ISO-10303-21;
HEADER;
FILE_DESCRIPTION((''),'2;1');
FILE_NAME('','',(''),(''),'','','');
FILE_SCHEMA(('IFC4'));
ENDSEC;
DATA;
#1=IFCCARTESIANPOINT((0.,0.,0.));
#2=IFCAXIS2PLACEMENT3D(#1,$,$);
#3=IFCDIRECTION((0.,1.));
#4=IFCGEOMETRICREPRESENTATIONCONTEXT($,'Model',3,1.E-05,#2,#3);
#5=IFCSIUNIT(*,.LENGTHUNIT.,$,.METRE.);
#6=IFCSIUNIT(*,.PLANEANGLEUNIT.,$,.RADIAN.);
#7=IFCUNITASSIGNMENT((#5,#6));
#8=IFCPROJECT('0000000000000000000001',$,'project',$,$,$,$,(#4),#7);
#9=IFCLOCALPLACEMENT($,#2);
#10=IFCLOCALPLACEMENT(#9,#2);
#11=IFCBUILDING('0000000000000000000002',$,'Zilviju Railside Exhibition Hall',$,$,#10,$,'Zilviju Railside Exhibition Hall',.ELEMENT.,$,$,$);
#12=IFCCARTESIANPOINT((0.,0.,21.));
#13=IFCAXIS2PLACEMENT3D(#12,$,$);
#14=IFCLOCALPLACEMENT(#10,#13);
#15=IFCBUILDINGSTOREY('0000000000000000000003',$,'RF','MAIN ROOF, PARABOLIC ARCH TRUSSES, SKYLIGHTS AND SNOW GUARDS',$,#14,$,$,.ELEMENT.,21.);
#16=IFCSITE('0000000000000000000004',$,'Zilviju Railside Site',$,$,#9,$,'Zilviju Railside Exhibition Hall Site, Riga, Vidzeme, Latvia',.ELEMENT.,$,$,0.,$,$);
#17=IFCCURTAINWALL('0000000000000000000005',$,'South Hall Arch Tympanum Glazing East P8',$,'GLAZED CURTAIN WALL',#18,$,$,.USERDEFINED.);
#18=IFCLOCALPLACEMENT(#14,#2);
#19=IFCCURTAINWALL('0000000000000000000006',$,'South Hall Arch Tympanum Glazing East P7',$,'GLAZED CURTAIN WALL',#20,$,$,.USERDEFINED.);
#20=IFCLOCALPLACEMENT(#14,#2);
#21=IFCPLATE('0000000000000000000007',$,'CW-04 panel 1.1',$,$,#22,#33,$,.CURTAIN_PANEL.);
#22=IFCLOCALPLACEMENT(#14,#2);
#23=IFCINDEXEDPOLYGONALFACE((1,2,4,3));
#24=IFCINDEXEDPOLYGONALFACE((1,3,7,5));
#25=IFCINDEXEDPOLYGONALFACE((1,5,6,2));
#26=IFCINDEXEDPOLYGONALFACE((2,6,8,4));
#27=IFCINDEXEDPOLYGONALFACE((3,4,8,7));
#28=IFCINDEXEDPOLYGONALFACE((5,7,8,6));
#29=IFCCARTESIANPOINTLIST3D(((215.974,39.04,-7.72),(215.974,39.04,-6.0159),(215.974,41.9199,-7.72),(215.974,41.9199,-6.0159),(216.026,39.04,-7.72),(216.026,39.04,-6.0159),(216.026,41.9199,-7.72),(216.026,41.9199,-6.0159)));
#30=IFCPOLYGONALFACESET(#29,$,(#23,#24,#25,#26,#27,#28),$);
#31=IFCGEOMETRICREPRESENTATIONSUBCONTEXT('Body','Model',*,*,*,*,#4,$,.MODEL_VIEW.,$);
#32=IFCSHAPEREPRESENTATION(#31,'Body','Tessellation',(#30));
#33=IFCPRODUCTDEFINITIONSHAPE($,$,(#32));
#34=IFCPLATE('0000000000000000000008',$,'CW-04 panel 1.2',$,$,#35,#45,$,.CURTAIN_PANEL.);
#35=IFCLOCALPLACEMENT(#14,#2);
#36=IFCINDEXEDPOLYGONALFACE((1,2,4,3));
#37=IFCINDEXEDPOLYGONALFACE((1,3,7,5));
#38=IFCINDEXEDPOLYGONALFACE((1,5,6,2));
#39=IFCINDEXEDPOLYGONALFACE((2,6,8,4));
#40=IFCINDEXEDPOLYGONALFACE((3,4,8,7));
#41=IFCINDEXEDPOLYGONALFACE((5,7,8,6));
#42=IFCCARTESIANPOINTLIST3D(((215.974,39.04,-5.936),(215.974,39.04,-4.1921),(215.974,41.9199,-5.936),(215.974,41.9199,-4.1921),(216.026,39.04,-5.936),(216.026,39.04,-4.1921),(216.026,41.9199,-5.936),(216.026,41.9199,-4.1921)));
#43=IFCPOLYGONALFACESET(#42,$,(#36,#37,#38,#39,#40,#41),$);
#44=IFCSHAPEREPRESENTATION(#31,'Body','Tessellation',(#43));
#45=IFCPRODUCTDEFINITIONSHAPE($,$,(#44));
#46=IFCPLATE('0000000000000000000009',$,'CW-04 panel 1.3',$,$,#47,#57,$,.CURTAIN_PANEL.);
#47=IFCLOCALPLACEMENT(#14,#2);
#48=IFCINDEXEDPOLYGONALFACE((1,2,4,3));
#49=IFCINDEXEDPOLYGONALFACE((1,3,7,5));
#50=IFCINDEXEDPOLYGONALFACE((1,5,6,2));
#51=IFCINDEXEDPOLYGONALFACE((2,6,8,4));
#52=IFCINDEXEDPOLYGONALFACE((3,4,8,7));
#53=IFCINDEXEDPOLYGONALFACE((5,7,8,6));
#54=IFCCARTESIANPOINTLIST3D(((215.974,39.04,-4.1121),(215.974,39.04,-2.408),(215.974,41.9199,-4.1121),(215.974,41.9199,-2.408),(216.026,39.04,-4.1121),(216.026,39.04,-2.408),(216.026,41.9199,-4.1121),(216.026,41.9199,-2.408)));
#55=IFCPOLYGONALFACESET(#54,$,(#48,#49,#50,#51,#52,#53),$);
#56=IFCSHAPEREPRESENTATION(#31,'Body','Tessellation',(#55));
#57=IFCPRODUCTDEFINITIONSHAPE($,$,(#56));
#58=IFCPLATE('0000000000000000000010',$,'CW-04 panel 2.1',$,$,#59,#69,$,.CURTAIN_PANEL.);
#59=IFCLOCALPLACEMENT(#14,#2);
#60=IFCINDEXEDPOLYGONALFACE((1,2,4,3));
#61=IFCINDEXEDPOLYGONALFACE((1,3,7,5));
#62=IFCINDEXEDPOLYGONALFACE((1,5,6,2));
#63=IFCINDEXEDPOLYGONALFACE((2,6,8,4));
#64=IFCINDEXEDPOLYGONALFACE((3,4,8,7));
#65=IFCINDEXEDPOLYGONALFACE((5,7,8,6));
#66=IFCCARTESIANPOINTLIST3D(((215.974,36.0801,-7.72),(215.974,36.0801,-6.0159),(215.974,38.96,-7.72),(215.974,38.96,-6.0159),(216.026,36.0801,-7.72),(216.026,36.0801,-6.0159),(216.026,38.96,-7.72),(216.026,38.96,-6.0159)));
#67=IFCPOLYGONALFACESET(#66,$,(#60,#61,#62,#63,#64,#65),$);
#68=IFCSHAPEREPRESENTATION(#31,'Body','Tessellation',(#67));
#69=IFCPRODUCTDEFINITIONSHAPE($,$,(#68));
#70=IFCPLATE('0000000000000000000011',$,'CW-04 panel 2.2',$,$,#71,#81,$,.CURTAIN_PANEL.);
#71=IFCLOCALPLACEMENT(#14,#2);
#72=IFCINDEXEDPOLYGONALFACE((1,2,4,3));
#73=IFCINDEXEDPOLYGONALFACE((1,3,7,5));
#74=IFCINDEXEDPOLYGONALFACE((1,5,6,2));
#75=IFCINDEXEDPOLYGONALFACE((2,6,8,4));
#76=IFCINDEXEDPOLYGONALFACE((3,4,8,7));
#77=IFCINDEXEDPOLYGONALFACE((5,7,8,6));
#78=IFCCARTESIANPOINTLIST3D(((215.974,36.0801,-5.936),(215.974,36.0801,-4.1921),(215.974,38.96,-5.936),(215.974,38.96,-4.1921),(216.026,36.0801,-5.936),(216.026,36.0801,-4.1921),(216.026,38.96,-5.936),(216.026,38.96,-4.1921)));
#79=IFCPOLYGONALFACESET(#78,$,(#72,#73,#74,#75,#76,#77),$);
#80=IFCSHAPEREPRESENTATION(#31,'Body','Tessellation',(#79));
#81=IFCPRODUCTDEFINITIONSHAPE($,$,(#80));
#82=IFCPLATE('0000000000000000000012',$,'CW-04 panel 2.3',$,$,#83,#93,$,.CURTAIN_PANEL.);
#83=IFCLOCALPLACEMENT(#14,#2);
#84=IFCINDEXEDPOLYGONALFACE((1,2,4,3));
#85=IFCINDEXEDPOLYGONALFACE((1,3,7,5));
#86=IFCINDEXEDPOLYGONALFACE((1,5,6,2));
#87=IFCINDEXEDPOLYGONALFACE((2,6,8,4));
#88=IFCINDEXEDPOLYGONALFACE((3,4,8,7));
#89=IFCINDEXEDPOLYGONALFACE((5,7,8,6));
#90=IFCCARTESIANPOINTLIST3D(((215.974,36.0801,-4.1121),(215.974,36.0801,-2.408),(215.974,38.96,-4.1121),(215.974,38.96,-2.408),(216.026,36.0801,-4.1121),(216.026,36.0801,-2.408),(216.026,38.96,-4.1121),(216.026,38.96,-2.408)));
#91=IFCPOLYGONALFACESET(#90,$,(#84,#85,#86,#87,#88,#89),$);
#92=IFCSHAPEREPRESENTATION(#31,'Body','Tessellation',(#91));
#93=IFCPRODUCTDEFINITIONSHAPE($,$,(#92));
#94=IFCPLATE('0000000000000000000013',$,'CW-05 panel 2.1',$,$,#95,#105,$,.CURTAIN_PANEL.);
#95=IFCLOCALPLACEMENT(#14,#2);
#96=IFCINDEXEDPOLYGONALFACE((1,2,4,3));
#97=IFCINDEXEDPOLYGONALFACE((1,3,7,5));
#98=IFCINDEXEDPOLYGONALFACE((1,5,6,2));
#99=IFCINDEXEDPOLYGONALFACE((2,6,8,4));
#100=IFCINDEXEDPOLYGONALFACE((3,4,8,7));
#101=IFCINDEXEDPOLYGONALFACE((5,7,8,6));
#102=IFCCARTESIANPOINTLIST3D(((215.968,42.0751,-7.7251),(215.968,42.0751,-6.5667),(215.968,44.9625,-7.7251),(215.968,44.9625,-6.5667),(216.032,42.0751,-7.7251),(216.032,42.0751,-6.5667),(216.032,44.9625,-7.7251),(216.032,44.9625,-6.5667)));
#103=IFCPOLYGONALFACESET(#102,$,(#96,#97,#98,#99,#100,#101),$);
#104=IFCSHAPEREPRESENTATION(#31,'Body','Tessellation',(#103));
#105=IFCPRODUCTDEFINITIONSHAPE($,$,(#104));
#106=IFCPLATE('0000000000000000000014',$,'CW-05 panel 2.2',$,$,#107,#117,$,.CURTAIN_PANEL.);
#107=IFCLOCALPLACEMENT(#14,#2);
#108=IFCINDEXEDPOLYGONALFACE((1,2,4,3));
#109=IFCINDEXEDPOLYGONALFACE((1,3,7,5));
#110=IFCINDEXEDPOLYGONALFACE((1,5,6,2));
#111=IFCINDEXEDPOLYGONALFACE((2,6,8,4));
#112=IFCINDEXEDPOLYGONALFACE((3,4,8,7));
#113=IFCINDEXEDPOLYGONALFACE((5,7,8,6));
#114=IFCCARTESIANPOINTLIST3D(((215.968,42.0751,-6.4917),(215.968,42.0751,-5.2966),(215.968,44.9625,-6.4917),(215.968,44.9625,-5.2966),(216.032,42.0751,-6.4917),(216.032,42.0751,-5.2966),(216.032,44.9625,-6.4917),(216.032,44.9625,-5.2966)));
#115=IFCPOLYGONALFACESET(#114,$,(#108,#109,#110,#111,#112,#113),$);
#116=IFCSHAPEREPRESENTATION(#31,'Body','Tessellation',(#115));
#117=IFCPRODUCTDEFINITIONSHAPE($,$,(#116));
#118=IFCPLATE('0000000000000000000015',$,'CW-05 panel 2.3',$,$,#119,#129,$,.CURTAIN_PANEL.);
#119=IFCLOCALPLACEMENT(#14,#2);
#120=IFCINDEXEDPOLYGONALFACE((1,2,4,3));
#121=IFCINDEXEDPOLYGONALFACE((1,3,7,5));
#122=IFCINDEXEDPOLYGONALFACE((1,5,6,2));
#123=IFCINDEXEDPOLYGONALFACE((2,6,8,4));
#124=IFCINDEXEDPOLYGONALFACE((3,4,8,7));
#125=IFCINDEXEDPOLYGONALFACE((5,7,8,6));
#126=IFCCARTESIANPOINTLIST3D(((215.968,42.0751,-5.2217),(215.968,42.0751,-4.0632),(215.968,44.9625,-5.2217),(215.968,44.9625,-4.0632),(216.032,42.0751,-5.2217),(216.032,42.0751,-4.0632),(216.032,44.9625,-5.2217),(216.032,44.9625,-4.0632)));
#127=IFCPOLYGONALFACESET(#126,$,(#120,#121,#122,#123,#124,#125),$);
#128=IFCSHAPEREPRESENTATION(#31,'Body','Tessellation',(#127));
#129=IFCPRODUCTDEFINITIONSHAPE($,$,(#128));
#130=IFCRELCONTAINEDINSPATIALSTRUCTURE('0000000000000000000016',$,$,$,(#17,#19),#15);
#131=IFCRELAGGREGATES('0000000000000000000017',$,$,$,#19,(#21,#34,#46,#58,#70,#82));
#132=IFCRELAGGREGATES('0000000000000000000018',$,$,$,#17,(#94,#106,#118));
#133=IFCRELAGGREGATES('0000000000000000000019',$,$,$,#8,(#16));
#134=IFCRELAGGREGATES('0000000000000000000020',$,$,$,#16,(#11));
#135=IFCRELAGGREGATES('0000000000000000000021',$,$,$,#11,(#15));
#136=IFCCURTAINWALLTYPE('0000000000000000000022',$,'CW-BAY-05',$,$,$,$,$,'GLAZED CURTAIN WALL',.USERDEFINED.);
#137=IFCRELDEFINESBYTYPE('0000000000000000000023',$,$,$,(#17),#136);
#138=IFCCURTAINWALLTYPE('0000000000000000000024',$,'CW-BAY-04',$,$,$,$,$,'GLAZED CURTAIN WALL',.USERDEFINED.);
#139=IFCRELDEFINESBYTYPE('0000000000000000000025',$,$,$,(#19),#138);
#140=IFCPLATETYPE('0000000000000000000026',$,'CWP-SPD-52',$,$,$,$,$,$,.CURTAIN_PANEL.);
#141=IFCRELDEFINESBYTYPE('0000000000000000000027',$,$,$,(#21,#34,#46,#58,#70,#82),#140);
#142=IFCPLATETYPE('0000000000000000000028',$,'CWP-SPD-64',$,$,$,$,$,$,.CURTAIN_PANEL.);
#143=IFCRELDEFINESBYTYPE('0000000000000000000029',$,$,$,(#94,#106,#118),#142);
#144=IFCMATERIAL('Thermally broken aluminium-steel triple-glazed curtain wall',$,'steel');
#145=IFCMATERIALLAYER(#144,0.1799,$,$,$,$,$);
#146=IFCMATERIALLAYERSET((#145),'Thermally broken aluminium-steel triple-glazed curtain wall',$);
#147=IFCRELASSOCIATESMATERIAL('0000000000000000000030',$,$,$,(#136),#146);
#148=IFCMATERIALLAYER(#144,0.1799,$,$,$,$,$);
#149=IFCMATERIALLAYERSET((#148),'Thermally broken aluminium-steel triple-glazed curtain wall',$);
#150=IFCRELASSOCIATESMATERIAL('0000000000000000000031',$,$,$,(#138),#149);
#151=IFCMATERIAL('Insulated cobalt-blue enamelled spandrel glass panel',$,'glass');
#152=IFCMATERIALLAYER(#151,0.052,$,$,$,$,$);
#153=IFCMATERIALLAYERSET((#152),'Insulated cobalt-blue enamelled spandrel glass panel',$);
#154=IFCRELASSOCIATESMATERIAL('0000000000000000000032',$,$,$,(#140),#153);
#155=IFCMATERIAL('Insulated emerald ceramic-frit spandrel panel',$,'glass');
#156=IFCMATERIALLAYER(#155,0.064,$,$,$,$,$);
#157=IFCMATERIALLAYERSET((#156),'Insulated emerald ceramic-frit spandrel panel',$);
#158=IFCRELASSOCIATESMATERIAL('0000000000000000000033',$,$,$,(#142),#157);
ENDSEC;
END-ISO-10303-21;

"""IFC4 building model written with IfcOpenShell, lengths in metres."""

from ifc_helpers import new_model, si_unit, direction, frame, origin, origin_2d, place, context, subcontext, project, spatial, rectangle, extrude, material, layer, layer_set, type_object, element, aggregate, save


model = new_model("IFC4")

# Units and contexts
model_context = context("Model", 3, precision=1e-05, world=origin(), true_north=direction((0.0, 1.0)))
body_context = subcontext(model_context, "Body", "Model", "MODEL_VIEW")
ifc_project = project(units=[si_unit("LENGTHUNIT", "METRE"), si_unit("PLANEANGLEUNIT", "RADIAN")], contexts=[model_context])

# Site, building, storey
site_placement = place(None, origin())
site = spatial("IfcSite", under=ifc_project, at=site_placement, Name="Zilviju Railside Site", LongName="Zilviju Railside Exhibition Hall Site, Riga, Vidzeme, Latvia", CompositionType="ELEMENT", RefElevation=0.0)
building_placement = place(site_placement, origin())
building = spatial("IfcBuilding", under=site, at=building_placement, Name="Zilviju Railside Exhibition Hall", LongName="Zilviju Railside Exhibition Hall", CompositionType="ELEMENT")
storey_placement = place(building_placement, frame((0.0, 0.0, 21.0)))
storey = spatial("IfcBuildingStorey", under=building, at=storey_placement, Name="RF", Description="MAIN ROOF, PARABOLIC ARCH TRUSSES, SKYLIGHTS AND SNOW GUARDS", CompositionType="ELEMENT", Elevation=21.0)

# Curtain wall
ifc_material_1 = material(Name="Thermally broken aluminium-steel triple-glazed curtain wall", Category="steel")
ifc_layer_1 = layer(ifc_material_1, 0.1799)
ifc_layer_set_1 = layer_set([ifc_layer_1], Name="Thermally broken aluminium-steel triple-glazed curtain wall")
curtain_wall_type_1 = type_object("IfcCurtainWallType", Name="CW-BAY-05", ElementType="GLAZED CURTAIN WALL", PredefinedType="USERDEFINED", material=ifc_layer_set_1)
curtain_wall_1_placement = place(storey_placement, origin())
curtain_wall_1 = element("IfcCurtainWall", 1, at=curtain_wall_1_placement, inside=storey, type_object=curtain_wall_type_1, Name="South Hall Arch Tympanum Glazing East P8", ObjectType="GLAZED CURTAIN WALL", PredefinedType="USERDEFINED")

# Curtain wall
ifc_layer_2 = layer(ifc_material_1, 0.1799)
ifc_layer_set_2 = layer_set([ifc_layer_2], Name="Thermally broken aluminium-steel triple-glazed curtain wall")
curtain_wall_type_2 = type_object("IfcCurtainWallType", Name="CW-BAY-04", ElementType="GLAZED CURTAIN WALL", PredefinedType="USERDEFINED", material=ifc_layer_set_2)
curtain_wall_2_placement = place(storey_placement, origin())
curtain_wall_2 = element("IfcCurtainWall", 2, at=curtain_wall_2_placement, inside=storey, type_object=curtain_wall_type_2, Name="South Hall Arch Tympanum Glazing East P7", ObjectType="GLAZED CURTAIN WALL", PredefinedType="USERDEFINED")

# Plates
ifc_material_2 = material(Name="Insulated cobalt-blue enamelled spandrel glass panel", Category="glass")
ifc_layer_3 = layer(ifc_material_2, 0.052)
ifc_layer_set_3 = layer_set([ifc_layer_3], Name="Insulated cobalt-blue enamelled spandrel glass panel")
plate_type_1 = type_object("IfcPlateType", Name="CWP-SPD-52", PredefinedType="CURTAIN_PANEL", material=ifc_layer_set_3)
plate_1_placement = place(storey_placement, frame((216.0, 40.48, -7.72), z_axis=(0.0, 0.0, 1.0), x_axis=(0.0, -1.0, 0.0)))
plate_1 = element("IfcPlate", 3, at=plate_1_placement, type_object=plate_type_1, Name="CW-04 panel 1.1", PredefinedType="CURTAIN_PANEL", context=body_context, shape_type="SweptSolid", body=[
    extrude(rectangle(XDim=2.8799, YDim=0.052, at=origin_2d()), origin(), (0.0, 0.0, 1.0), 1.7041),
])
plate_2_placement = place(storey_placement, frame((216.0, 40.48, -5.936), z_axis=(0.0, 0.0, 1.0), x_axis=(0.0, -1.0, 0.0)))
plate_2 = element("IfcPlate", 4, at=plate_2_placement, type_object=plate_type_1, Name="CW-04 panel 1.2", PredefinedType="CURTAIN_PANEL", context=body_context, shape_type="SweptSolid", body=[
    extrude(rectangle(XDim=2.8799, YDim=0.052, at=origin_2d()), origin(), (0.0, 0.0, 1.0), 1.7439),
])
plate_3_placement = place(storey_placement, frame((216.0, 40.48, -4.1121), z_axis=(0.0, 0.0, 1.0), x_axis=(0.0, -1.0, 0.0)))
plate_3 = element("IfcPlate", 5, at=plate_3_placement, type_object=plate_type_1, Name="CW-04 panel 1.3", PredefinedType="CURTAIN_PANEL", context=body_context, shape_type="SweptSolid", body=[
    extrude(rectangle(XDim=2.8799, YDim=0.052, at=origin_2d()), origin(), (0.0, 0.0, 1.0), 1.7041),
])
plate_4_placement = place(storey_placement, frame((216.0, 37.52, -7.72), z_axis=(0.0, 0.0, 1.0), x_axis=(0.0, -1.0, 0.0)))
plate_4 = element("IfcPlate", 6, at=plate_4_placement, type_object=plate_type_1, Name="CW-04 panel 2.1", PredefinedType="CURTAIN_PANEL", context=body_context, shape_type="SweptSolid", body=[
    extrude(rectangle(XDim=2.8799, YDim=0.052, at=origin_2d()), origin(), (0.0, 0.0, 1.0), 1.7041),
])
plate_5_placement = place(storey_placement, frame((216.0, 37.52, -5.936), z_axis=(0.0, 0.0, 1.0), x_axis=(0.0, -1.0, 0.0)))
plate_5 = element("IfcPlate", 7, at=plate_5_placement, type_object=plate_type_1, Name="CW-04 panel 2.2", PredefinedType="CURTAIN_PANEL", context=body_context, shape_type="SweptSolid", body=[
    extrude(rectangle(XDim=2.8799, YDim=0.052, at=origin_2d()), origin(), (0.0, 0.0, 1.0), 1.7439),
])
plate_6_placement = place(storey_placement, frame((216.0, 37.52, -4.1121), z_axis=(0.0, 0.0, 1.0), x_axis=(0.0, -1.0, 0.0)))
plate_6 = element("IfcPlate", 8, at=plate_6_placement, type_object=plate_type_1, Name="CW-04 panel 2.3", PredefinedType="CURTAIN_PANEL", context=body_context, shape_type="SweptSolid", body=[
    extrude(rectangle(XDim=2.8799, YDim=0.052, at=origin_2d()), origin(), (0.0, 0.0, 1.0), 1.7041),
])
aggregate(curtain_wall_2, [plate_1, plate_2, plate_3, plate_4, plate_5, plate_6])
ifc_material_3 = material(Name="Insulated emerald ceramic-frit spandrel panel", Category="glass")
ifc_layer_4 = layer(ifc_material_3, 0.064)
ifc_layer_set_4 = layer_set([ifc_layer_4], Name="Insulated emerald ceramic-frit spandrel panel")
plate_type_2 = type_object("IfcPlateType", Name="CWP-SPD-64", PredefinedType="CURTAIN_PANEL", material=ifc_layer_set_4)
plate_7_placement = place(storey_placement, frame((216.0, 43.5188, -7.7251), z_axis=(0.0, 0.0, 1.0), x_axis=(0.0, -1.0, 0.0)))
plate_7 = element("IfcPlate", 9, at=plate_7_placement, type_object=plate_type_2, Name="CW-05 panel 2.1", PredefinedType="CURTAIN_PANEL", context=body_context, shape_type="SweptSolid", body=[
    extrude(rectangle(XDim=2.8875, YDim=0.064, at=origin_2d()), origin(), (0.0, 0.0, 1.0), 1.1584),
])
plate_8_placement = place(storey_placement, frame((216.0, 43.5188, -6.4917), z_axis=(0.0, 0.0, 1.0), x_axis=(0.0, -1.0, 0.0)))
plate_8 = element("IfcPlate", 10, at=plate_8_placement, type_object=plate_type_2, Name="CW-05 panel 2.2", PredefinedType="CURTAIN_PANEL", context=body_context, shape_type="SweptSolid", body=[
    extrude(rectangle(XDim=2.8875, YDim=0.064, at=origin_2d()), origin(), (0.0, 0.0, 1.0), 1.1951),
])
plate_9_placement = place(storey_placement, frame((216.0, 43.5188, -5.2217), z_axis=(0.0, 0.0, 1.0), x_axis=(0.0, -1.0, 0.0)))
plate_9 = element("IfcPlate", 11, at=plate_9_placement, type_object=plate_type_2, Name="CW-05 panel 2.3", PredefinedType="CURTAIN_PANEL", context=body_context, shape_type="SweptSolid", body=[
    extrude(rectangle(XDim=2.8875, YDim=0.064, at=origin_2d()), origin(), (0.0, 0.0, 1.0), 1.1584),
])
aggregate(curtain_wall_1, [plate_7, plate_8, plate_9])

save(model, "model.ifc")
